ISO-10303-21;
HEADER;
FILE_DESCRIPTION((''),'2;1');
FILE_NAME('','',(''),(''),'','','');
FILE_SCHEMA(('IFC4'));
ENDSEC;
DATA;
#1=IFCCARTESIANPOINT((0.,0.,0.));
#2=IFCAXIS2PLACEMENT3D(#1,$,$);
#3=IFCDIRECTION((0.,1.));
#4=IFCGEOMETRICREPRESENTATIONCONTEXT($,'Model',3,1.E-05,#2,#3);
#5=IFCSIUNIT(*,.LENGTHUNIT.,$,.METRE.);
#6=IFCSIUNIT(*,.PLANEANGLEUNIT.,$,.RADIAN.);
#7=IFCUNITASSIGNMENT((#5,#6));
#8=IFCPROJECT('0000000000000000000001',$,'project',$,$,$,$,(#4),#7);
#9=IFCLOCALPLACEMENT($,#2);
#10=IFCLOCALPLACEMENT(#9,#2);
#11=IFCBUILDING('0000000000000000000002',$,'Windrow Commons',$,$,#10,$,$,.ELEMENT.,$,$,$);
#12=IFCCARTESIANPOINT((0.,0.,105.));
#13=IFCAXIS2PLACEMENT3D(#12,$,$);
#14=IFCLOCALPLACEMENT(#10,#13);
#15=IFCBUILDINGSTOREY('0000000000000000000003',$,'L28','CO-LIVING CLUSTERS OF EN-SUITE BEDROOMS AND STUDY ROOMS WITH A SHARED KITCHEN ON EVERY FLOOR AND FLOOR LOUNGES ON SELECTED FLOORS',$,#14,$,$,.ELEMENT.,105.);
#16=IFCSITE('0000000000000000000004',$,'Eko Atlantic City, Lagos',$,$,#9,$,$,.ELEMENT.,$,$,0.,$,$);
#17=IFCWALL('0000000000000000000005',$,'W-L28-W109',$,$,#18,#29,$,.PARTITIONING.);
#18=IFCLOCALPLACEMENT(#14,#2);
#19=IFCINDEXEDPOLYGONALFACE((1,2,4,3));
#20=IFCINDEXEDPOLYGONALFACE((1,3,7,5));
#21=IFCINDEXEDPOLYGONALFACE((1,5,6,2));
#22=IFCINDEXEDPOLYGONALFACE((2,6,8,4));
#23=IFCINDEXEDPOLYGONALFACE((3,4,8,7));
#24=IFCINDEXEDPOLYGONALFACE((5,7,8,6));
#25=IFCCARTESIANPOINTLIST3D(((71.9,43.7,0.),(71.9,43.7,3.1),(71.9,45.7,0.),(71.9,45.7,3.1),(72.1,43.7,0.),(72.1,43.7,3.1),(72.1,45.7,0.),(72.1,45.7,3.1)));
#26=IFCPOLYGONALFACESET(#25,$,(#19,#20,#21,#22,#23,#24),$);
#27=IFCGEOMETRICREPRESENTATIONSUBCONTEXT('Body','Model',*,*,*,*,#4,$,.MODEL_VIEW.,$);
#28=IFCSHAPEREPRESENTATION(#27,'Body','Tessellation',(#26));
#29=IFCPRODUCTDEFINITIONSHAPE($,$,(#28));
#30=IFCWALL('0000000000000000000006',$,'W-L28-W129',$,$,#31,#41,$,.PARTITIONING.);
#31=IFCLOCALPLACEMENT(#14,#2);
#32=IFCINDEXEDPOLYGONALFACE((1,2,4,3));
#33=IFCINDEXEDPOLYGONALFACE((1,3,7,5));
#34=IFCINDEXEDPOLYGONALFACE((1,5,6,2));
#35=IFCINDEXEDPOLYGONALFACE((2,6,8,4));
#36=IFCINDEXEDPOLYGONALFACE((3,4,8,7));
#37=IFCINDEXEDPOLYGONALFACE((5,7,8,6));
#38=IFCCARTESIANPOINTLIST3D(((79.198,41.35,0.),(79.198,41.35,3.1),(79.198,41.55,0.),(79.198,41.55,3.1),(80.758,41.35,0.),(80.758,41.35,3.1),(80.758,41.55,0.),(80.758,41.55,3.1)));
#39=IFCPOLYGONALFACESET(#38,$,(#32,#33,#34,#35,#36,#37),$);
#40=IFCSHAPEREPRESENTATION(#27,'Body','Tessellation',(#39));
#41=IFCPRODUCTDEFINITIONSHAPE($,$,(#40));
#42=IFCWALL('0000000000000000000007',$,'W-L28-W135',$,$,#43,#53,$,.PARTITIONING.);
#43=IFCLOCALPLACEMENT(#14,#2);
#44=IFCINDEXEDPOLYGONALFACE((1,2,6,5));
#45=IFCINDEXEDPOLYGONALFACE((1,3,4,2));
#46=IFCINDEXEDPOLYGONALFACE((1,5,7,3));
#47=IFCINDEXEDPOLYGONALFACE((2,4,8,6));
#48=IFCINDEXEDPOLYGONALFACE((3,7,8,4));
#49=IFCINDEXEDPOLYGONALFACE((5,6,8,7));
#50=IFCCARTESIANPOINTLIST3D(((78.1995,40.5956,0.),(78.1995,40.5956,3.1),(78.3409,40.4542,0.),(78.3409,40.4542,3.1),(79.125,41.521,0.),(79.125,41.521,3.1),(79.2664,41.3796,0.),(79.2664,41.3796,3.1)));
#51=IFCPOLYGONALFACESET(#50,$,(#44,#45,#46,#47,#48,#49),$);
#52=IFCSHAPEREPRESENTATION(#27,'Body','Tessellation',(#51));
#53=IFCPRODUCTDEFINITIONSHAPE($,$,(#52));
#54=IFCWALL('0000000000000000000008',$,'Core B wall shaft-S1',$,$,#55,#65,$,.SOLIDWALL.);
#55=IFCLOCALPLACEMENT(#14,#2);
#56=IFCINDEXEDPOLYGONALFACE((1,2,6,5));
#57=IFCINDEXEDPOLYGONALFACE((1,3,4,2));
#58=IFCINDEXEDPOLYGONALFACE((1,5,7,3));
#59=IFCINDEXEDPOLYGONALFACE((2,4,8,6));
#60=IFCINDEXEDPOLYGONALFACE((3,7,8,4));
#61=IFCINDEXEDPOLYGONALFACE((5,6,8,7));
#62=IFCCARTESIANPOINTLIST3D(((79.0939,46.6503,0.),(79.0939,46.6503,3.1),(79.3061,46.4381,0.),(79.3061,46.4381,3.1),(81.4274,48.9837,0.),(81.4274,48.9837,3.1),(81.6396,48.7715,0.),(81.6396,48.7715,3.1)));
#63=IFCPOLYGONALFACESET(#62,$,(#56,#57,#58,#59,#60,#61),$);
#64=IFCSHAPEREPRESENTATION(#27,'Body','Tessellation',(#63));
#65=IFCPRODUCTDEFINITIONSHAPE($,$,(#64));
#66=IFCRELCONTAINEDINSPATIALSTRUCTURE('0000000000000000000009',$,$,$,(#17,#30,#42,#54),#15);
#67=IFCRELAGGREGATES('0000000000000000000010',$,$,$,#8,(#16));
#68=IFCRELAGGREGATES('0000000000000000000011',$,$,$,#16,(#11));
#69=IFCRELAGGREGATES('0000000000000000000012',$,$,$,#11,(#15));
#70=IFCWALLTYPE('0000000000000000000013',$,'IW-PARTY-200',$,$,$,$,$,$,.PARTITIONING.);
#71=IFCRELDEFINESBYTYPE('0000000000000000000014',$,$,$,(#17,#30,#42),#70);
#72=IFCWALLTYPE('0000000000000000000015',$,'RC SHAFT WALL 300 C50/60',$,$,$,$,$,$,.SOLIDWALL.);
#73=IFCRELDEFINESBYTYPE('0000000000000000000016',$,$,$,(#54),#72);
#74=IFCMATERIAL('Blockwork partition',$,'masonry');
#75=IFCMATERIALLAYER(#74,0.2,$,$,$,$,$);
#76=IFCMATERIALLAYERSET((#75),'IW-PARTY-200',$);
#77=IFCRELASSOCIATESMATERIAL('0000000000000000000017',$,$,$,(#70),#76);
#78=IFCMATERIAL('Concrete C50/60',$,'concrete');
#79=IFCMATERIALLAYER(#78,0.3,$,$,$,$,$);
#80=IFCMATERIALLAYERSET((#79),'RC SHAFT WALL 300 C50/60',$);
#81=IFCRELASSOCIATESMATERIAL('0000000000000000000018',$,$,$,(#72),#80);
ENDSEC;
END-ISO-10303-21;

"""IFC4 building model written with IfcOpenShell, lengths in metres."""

from ifc_helpers import new_model, si_unit, direction, frame, frame_2d, origin, place, context, subcontext, project, spatial, rectangle, extrude, material, layer, layer_set, type_object, element, save


model = new_model("IFC4")

# Units and contexts
model_context = context("Model", 3, precision=1e-05, world=origin(), true_north=direction((0.0, 1.0)))
body_context = subcontext(model_context, "Body", "Model", "MODEL_VIEW")
ifc_project = project(units=[si_unit("LENGTHUNIT", "METRE"), si_unit("PLANEANGLEUNIT", "RADIAN")], contexts=[model_context])

# Site, building, storey
site_placement = place(None, origin())
site = spatial("IfcSite", under=ifc_project, at=site_placement, Name="Eko Atlantic City, Lagos", CompositionType="ELEMENT", RefElevation=0.0)
building_placement = place(site_placement, origin())
building = spatial("IfcBuilding", under=site, at=building_placement, Name="Windrow Commons", CompositionType="ELEMENT")
storey_placement = place(building_placement, frame((0.0, 0.0, 105.0)))
storey = spatial("IfcBuildingStorey", under=building, at=storey_placement, Name="L28", Description="CO-LIVING CLUSTERS OF EN-SUITE BEDROOMS AND STUDY ROOMS WITH A SHARED KITCHEN ON EVERY FLOOR AND FLOOR LOUNGES ON SELECTED FLOORS", CompositionType="ELEMENT", Elevation=105.0)

# Walls
ifc_material_1 = material(Name="Blockwork partition", Category="masonry")
ifc_layer_1 = layer(ifc_material_1, 0.2)
ifc_layer_set_1 = layer_set([ifc_layer_1], Name="IW-PARTY-200")
wall_type_1 = type_object("IfcWallType", Name="IW-PARTY-200", PredefinedType="PARTITIONING", material=ifc_layer_set_1)
wall_1_placement = place(storey_placement, frame((72.0, 43.7, 0.0), z_axis=(0.0, 0.0, 1.0), x_axis=(0.0, 1.0, 0.0)))
element("IfcWall", 1, at=wall_1_placement, inside=storey, type_object=wall_type_1, Name="W-L28-W109", PredefinedType="PARTITIONING", context=body_context, shape_type="SweptSolid", body=[
    extrude(rectangle(XDim=2.0, YDim=0.2, at=frame_2d((1.0, 0.0))), origin(), (0.0, 0.0, 1.0), 3.1),
])
wall_2_placement = place(storey_placement, frame((79.198, 41.45, 0.0), z_axis=(0.0, 0.0, 1.0), x_axis=(1.0, 0.0, 0.0)))
element("IfcWall", 2, at=wall_2_placement, inside=storey, type_object=wall_type_1, Name="W-L28-W129", PredefinedType="PARTITIONING", context=body_context, shape_type="SweptSolid", body=[
    extrude(rectangle(XDim=1.56, YDim=0.2, at=frame_2d((0.78, 0.0))), origin(), (0.0, 0.0, 1.0), 3.1),
])
wall_3_placement = place(storey_placement, frame((78.2702, 40.5249, 0.0), z_axis=(0.0, 0.0, 1.0), x_axis=(0.707145, 0.707069, 0.0)))
element("IfcWall", 3, at=wall_3_placement, inside=storey, type_object=wall_type_1, Name="W-L28-W135", PredefinedType="PARTITIONING", context=body_context, shape_type="SweptSolid", body=[
    extrude(rectangle(XDim=1.3088, YDim=0.2, at=frame_2d((0.6544, 0.0))), origin(), (0.0, 0.0, 1.0), 3.1),
])
ifc_material_2 = material(Name="Concrete C50/60", Category="concrete")
ifc_layer_2 = layer(ifc_material_2, 0.3)
ifc_layer_set_2 = layer_set([ifc_layer_2], Name="RC SHAFT WALL 300 C50/60")
wall_type_2 = type_object("IfcWallType", Name="RC SHAFT WALL 300 C50/60", PredefinedType="SOLIDWALL", material=ifc_layer_set_2)
wall_4_placement = place(storey_placement, frame((79.2, 46.5442, 0.0), z_axis=(0.0, 0.0, 1.0), x_axis=(0.707122, 0.707092, 0.0)))
element("IfcWall", 4, at=wall_4_placement, inside=storey, type_object=wall_type_2, Name="Core B wall shaft-S1", PredefinedType="SOLIDWALL", context=body_context, shape_type="SweptSolid", body=[
    extrude(rectangle(XDim=3.3, YDim=0.3, at=frame_2d((1.65, 0.0))), origin(), (0.0, 0.0, 1.0), 3.1),
])

save(model, "model.ifc")
